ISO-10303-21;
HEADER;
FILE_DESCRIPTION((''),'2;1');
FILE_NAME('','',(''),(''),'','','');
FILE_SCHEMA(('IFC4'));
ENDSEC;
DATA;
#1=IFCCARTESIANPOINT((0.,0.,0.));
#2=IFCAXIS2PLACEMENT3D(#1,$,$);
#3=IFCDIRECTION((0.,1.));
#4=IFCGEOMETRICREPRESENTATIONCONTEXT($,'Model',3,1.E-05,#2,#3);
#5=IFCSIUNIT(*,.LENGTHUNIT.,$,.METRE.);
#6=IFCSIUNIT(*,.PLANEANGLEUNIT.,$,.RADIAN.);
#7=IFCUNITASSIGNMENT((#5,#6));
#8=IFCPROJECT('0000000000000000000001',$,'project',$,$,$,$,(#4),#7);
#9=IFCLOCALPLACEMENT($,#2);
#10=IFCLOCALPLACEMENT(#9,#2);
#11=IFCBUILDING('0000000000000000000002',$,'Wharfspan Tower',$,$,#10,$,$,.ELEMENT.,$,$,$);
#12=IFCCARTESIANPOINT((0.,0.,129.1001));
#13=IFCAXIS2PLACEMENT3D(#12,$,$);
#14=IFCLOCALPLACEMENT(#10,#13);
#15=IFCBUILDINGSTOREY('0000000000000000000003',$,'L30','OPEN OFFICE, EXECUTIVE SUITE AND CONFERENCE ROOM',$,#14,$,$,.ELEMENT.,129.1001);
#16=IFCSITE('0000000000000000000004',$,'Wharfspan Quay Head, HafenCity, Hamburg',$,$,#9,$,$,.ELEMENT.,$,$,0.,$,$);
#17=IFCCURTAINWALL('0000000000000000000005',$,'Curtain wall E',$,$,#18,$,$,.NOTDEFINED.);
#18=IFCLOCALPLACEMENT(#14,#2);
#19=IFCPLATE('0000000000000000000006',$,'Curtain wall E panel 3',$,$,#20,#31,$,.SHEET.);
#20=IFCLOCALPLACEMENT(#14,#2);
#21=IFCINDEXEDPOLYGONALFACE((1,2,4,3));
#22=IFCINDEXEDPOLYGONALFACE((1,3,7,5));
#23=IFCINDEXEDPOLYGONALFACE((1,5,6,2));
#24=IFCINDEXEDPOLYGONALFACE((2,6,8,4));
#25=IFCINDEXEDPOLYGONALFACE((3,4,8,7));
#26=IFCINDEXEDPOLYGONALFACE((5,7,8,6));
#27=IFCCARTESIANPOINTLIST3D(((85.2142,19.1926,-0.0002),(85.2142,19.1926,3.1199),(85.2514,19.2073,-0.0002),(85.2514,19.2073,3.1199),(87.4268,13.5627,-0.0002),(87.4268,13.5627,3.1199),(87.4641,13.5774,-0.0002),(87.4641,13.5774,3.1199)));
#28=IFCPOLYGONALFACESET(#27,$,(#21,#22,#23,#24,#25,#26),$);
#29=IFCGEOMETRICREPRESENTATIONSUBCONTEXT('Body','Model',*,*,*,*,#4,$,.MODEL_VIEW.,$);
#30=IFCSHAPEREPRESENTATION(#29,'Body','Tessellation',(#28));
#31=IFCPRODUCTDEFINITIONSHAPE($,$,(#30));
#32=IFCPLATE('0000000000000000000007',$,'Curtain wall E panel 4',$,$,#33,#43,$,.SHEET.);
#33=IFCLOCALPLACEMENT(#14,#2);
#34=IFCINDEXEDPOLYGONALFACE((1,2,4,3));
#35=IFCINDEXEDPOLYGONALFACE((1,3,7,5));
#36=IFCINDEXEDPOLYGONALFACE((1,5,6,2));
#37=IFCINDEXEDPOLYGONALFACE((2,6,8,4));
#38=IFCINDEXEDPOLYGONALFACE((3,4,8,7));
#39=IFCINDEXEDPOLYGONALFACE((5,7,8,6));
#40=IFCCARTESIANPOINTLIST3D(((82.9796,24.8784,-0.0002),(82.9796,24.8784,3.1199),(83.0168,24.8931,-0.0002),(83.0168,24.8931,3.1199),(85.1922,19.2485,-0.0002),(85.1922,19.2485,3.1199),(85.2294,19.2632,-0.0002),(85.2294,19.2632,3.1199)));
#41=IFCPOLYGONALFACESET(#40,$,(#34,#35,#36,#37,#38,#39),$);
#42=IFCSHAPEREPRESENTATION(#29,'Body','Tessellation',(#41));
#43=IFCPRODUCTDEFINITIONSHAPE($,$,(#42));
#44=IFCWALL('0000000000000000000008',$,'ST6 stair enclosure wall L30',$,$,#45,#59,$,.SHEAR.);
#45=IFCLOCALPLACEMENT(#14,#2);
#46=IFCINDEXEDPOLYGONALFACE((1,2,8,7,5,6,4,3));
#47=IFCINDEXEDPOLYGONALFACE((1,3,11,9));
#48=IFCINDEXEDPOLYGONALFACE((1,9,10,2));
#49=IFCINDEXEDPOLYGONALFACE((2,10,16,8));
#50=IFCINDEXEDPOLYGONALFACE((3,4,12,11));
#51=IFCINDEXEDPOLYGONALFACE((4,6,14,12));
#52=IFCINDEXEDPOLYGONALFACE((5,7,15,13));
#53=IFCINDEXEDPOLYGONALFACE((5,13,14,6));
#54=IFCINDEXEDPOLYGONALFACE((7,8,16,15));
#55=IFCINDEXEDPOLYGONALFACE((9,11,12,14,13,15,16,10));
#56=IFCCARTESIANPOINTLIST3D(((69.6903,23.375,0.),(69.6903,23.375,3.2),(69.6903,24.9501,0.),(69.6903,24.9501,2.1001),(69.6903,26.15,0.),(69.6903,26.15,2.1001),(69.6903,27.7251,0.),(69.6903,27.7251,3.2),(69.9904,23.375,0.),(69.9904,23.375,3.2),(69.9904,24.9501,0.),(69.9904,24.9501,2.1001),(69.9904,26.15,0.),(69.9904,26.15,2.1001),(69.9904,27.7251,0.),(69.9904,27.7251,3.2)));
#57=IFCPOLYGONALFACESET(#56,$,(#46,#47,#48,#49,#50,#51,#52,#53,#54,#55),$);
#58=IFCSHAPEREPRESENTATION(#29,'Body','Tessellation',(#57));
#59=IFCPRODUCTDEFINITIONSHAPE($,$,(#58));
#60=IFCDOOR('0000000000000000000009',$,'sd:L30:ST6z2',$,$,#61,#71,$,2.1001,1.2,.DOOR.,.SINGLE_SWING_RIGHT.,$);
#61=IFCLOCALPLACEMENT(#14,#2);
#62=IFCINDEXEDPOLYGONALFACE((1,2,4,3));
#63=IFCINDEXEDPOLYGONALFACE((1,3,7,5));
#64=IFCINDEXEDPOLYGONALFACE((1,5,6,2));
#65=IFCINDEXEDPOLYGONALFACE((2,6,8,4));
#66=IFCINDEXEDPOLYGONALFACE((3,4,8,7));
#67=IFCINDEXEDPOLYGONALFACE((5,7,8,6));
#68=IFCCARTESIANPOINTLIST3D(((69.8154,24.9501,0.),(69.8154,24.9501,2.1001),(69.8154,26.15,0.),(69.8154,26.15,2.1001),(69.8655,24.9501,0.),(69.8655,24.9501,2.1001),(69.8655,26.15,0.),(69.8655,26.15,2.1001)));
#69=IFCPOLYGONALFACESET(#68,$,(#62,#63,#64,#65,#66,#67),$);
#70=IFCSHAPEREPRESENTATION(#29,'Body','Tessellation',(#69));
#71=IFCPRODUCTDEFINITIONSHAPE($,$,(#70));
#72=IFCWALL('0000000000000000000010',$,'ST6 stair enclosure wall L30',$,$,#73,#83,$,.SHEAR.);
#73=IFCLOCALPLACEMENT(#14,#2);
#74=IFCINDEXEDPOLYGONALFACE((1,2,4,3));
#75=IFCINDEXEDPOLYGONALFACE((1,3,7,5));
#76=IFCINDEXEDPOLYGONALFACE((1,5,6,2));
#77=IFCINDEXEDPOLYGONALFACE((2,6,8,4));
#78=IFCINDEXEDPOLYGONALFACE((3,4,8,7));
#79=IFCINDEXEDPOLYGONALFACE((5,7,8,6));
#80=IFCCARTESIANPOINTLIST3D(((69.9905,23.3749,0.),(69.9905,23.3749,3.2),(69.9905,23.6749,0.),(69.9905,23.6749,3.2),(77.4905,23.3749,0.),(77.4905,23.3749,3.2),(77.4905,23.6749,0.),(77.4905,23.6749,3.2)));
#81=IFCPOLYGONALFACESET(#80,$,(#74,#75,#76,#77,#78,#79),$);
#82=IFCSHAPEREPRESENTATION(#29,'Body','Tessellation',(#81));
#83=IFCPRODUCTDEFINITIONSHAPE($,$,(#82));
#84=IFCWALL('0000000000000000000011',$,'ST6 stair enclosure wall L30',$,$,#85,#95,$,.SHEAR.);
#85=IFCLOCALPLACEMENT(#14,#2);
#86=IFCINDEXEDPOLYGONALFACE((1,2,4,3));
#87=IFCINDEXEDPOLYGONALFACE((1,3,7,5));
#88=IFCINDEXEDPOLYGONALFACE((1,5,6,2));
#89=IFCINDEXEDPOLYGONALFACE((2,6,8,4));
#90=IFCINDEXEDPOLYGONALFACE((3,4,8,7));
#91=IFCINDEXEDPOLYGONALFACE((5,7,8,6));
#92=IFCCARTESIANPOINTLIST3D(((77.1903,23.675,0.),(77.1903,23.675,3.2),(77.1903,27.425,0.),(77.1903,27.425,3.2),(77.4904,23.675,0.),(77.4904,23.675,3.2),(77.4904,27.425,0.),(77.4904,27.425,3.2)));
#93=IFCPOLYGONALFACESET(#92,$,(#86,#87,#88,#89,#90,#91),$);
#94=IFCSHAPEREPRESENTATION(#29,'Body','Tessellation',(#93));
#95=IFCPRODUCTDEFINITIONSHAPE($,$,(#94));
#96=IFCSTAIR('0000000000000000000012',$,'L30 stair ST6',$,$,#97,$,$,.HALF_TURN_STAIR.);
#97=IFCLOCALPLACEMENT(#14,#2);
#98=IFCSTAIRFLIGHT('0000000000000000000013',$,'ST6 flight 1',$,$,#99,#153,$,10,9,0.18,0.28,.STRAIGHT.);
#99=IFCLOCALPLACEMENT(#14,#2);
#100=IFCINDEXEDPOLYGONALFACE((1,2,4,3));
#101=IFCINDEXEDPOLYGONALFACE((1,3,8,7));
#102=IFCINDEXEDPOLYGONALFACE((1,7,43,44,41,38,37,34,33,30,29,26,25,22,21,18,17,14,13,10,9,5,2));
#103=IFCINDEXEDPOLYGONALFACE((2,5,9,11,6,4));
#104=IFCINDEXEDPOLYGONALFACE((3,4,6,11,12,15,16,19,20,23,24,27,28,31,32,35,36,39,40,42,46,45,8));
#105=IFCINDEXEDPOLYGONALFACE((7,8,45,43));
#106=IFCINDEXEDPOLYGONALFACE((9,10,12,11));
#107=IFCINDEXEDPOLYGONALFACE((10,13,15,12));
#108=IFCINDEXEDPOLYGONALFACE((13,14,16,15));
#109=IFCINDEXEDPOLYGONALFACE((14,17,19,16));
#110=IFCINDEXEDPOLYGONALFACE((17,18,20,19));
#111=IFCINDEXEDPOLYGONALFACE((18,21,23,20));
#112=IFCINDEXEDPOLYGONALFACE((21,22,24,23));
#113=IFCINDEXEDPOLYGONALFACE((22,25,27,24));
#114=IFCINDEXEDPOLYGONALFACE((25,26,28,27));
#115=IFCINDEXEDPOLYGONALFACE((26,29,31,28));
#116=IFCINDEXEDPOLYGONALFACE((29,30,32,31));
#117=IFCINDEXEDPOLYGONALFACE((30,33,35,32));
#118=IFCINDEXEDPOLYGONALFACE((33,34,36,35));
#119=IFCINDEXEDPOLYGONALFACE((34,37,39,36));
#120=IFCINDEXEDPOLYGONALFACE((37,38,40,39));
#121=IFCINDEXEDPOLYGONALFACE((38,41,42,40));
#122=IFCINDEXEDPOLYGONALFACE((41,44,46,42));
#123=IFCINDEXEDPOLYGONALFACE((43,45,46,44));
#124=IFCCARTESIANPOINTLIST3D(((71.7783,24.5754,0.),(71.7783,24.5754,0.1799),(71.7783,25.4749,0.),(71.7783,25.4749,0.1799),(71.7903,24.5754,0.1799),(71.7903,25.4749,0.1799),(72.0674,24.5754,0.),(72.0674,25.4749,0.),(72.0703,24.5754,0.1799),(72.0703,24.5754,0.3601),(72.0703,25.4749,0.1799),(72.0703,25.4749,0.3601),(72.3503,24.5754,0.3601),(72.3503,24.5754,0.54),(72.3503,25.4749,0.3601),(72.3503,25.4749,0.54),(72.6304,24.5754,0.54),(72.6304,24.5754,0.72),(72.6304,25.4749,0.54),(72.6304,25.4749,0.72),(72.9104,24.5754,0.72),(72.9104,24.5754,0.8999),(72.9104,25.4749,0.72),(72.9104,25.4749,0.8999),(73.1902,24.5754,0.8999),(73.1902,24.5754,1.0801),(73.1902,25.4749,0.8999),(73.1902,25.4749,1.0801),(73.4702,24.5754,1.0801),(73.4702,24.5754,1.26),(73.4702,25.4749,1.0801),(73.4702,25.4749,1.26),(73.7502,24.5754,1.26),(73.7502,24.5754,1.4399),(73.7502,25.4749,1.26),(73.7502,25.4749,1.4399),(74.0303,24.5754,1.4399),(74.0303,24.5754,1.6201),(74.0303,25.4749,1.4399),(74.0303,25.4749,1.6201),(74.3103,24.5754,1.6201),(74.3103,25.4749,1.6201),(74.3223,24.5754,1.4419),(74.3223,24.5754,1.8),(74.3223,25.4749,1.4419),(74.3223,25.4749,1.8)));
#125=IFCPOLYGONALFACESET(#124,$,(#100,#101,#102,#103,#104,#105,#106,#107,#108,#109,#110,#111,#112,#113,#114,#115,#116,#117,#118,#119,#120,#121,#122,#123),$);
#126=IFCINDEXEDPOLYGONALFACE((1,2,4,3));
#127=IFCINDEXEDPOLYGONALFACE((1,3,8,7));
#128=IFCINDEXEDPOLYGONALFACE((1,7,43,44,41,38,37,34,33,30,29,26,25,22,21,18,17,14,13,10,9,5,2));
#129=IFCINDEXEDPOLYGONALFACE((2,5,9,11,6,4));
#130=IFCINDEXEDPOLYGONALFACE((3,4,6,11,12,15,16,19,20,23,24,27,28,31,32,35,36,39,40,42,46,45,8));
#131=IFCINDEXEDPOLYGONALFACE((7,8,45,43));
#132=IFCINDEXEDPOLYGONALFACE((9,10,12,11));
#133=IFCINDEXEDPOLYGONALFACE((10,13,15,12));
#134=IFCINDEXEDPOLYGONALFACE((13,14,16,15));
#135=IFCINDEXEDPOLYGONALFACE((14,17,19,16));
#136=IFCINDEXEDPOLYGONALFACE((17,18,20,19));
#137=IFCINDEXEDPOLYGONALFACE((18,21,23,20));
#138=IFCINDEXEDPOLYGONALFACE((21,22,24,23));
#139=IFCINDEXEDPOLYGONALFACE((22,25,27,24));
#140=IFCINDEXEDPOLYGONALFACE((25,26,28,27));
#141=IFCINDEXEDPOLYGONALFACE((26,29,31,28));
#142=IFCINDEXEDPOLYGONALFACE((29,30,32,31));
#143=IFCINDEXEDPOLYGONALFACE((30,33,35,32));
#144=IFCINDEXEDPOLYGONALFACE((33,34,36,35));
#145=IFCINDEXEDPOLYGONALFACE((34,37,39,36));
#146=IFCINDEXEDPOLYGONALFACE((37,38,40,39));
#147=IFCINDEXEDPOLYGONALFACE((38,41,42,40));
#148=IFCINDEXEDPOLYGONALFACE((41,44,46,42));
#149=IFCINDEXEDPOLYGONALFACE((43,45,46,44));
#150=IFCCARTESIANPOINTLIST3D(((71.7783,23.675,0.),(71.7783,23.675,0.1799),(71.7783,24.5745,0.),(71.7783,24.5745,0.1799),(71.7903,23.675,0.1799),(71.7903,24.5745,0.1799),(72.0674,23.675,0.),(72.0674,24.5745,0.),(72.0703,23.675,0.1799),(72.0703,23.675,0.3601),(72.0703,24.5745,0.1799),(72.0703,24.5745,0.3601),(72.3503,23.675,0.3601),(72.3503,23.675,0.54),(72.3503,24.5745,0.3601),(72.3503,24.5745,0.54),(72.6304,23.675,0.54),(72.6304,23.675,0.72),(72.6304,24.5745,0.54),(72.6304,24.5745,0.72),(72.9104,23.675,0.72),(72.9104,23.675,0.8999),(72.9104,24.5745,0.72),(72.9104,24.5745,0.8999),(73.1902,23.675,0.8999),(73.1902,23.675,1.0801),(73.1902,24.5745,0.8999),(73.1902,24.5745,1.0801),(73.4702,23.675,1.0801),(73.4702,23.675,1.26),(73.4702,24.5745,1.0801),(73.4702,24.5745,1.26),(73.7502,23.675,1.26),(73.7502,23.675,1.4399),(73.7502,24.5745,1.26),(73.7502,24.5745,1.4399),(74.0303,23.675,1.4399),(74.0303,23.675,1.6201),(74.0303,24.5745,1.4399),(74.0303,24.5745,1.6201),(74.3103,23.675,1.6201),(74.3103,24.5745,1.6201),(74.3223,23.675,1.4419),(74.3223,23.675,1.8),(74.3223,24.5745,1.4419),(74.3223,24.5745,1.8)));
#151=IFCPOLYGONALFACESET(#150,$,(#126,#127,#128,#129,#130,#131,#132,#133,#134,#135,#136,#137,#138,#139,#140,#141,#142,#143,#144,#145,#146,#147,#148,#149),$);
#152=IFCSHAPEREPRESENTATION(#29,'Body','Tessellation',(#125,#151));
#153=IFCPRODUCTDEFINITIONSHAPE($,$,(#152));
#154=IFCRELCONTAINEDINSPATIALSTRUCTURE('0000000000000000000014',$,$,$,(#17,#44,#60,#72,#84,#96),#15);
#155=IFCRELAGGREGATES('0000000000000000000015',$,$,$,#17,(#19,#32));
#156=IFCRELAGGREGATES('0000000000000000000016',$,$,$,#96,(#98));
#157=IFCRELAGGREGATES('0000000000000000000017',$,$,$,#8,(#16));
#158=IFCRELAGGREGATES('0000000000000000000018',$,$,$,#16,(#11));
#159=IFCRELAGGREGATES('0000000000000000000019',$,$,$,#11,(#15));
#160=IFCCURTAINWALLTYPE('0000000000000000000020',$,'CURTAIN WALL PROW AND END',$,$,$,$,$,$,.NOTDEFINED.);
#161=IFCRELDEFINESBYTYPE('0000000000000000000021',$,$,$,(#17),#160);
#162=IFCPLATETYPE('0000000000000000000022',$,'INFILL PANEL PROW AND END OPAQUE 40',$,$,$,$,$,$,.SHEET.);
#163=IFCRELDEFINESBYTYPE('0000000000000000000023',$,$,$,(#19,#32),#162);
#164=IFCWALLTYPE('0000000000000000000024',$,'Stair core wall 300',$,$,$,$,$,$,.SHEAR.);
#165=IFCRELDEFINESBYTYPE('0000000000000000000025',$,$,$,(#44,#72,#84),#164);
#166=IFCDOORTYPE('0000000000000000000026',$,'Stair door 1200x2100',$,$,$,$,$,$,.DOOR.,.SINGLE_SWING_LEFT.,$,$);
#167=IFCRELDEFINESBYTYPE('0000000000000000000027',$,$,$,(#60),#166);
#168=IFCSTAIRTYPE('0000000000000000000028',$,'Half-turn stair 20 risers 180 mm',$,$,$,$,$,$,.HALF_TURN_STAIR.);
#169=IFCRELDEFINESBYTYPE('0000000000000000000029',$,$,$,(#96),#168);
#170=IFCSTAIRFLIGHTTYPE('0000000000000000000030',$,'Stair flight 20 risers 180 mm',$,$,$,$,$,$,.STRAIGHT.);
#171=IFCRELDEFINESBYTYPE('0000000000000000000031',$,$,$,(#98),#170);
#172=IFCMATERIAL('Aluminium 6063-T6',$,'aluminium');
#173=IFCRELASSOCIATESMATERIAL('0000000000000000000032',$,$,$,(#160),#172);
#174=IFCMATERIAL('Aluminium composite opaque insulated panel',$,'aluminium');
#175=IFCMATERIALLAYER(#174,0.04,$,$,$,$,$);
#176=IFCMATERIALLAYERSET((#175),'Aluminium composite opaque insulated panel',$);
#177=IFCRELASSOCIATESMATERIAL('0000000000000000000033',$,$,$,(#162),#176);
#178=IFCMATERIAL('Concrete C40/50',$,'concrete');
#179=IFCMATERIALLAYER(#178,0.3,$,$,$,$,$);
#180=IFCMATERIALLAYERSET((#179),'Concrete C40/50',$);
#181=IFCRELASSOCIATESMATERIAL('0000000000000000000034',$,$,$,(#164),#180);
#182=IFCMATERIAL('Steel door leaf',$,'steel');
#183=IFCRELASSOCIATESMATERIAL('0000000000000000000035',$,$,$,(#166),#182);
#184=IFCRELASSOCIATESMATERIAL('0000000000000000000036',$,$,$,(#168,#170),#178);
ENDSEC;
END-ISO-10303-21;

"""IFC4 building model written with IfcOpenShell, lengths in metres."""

from ifc_helpers import new_model, si_unit, direction, frame, frame_2d, origin, origin_2d, place, context, subcontext, project, spatial, polyline, rectangle, outline, extrude, material, layer, layer_set, type_object, element, fill, aggregate, save


model = new_model("IFC4")

# Units and contexts
model_context = context("Model", 3, precision=1e-05, world=origin(), true_north=direction((0.0, 1.0)))
body_context = subcontext(model_context, "Body", "Model", "MODEL_VIEW")
ifc_project = project(units=[si_unit("LENGTHUNIT", "METRE"), si_unit("PLANEANGLEUNIT", "RADIAN")], contexts=[model_context])

# Site, building, storey
site_placement = place(None, origin())
site = spatial("IfcSite", under=ifc_project, at=site_placement, Name="Wharfspan Quay Head, HafenCity, Hamburg", CompositionType="ELEMENT", RefElevation=0.0)
building_placement = place(site_placement, origin())
building = spatial("IfcBuilding", under=site, at=building_placement, Name="Wharfspan Tower", CompositionType="ELEMENT")
storey_placement = place(building_placement, frame((0.0, 0.0, 129.1001)))
storey = spatial("IfcBuildingStorey", under=building, at=storey_placement, Name="L30", Description="OPEN OFFICE, EXECUTIVE SUITE AND CONFERENCE ROOM", CompositionType="ELEMENT", Elevation=129.1001)

# Curtain wall
ifc_material_1 = material(Name="Aluminium 6063-T6", Category="aluminium")
curtain_wall_type = type_object("IfcCurtainWallType", Name="CURTAIN WALL PROW AND END", PredefinedType="NOTDEFINED", material=ifc_material_1)
curtain_wall_placement = place(storey_placement, origin())
curtain_wall = element("IfcCurtainWall", 1, at=curtain_wall_placement, inside=storey, type_object=curtain_wall_type, Name="Curtain wall E", PredefinedType="NOTDEFINED")

# Plates
ifc_material_2 = material(Name="Aluminium composite opaque insulated panel", Category="aluminium")
ifc_layer_1 = layer(ifc_material_2, 0.04)
ifc_layer_set_1 = layer_set([ifc_layer_1], Name="Aluminium composite opaque insulated panel")
plate_type = type_object("IfcPlateType", Name="INFILL PANEL PROW AND END OPAQUE 40", PredefinedType="SHEET", material=ifc_layer_set_1)
plate_1_placement = place(storey_placement, frame((86.3391, 16.385, -0.0002), z_axis=(0.0, 0.0, 1.0), x_axis=(-0.365778, 0.930702, 0.0)))
plate_1 = element("IfcPlate", 2, at=plate_1_placement, type_object=plate_type, Name="Curtain wall E panel 3", PredefinedType="SHEET", context=body_context, shape_type="SweptSolid", body=[
    extrude(rectangle(XDim=6.0491, YDim=0.04, at=origin_2d()), origin(), (0.0, 0.0, 1.0), 3.1201),
])
plate_2_placement = place(storey_placement, frame((84.1045, 22.0708, -0.0002), z_axis=(0.0, 0.0, 1.0), x_axis=(-0.365778, 0.930702, 0.0)))
plate_2 = element("IfcPlate", 3, at=plate_2_placement, type_object=plate_type, Name="Curtain wall E panel 4", PredefinedType="SHEET", context=body_context, shape_type="SweptSolid", body=[
    extrude(rectangle(XDim=6.0491, YDim=0.04, at=origin_2d()), origin(), (0.0, 0.0, 1.0), 3.1201),
])
aggregate(curtain_wall, [plate_1, plate_2])

# Wall, opening, door
ifc_material_3 = material(Name="Concrete C40/50", Category="concrete")
ifc_layer_2 = layer(ifc_material_3, 0.3)
ifc_layer_set_2 = layer_set([ifc_layer_2], Name="Concrete C40/50")
wall_type = type_object("IfcWallType", Name="Stair core wall 300", PredefinedType="SHEAR", material=ifc_layer_set_2)
wall_1_placement = place(storey_placement, frame((69.8403, 23.375, 0.0), z_axis=(0.0, 0.0, 1.0), x_axis=(0.0, 1.0, 0.0)))
wall_1 = element("IfcWall", 4, at=wall_1_placement, inside=storey, type_object=wall_type, Name="ST6 stair enclosure wall L30", PredefinedType="SHEAR", context=body_context, shape_type="SweptSolid", body=[
    extrude(rectangle(XDim=4.3501, YDim=0.3, at=frame_2d((2.175, 0.0))), origin(), (0.0, 0.0, 1.0), 3.2),
])
opening_placement = place(wall_1_placement, frame((1.575, 0.0, 0.0)))
opening = element("IfcOpeningElement", 5, at=opening_placement, cuts=wall_1, PredefinedType="OPENING", context=body_context, shape_type="SweptSolid", body=[
    extrude(rectangle(XDim=1.2, YDim=2.1001, at=frame_2d((0.6001, 1.05))), frame((0.0, 0.1599, 0.0), z_axis=(0.0, -1.0, 0.0), x_axis=(1.0, 0.0, 0.0)), (0.0, 0.0, 1.0), 0.3201),
])
ifc_material_4 = material(Name="Steel door leaf", Category="steel")
door_type = type_object("IfcDoorType", Name="Stair door 1200x2100", OperationType="SINGLE_SWING_LEFT", PredefinedType="DOOR", material=ifc_material_4)
door_placement = place(opening_placement, origin())
door = element("IfcDoor", 6, at=door_placement, inside=storey, type_object=door_type, Name="sd:L30:ST6z2", OperationType="SINGLE_SWING_RIGHT", OverallHeight=2.1001, OverallWidth=1.2, PredefinedType="DOOR", context=body_context, shape_type="SweptSolid", body=[
    extrude(rectangle(XDim=1.2, YDim=2.1001, at=frame_2d((0.6001, 1.05))), frame((0.0, 0.0249, 0.0), z_axis=(0.0, -1.0, 0.0), x_axis=(1.0, 0.0, 0.0)), (0.0, 0.0, 1.0), 0.05),
])
fill(opening, door)

# Walls
wall_2_placement = place(storey_placement, frame((69.9905, 23.5249, 0.0), z_axis=(0.0, 0.0, 1.0), x_axis=(1.0, 0.0, 0.0)))
element("IfcWall", 7, at=wall_2_placement, inside=storey, type_object=wall_type, Name="ST6 stair enclosure wall L30", PredefinedType="SHEAR", context=body_context, shape_type="SweptSolid", body=[
    extrude(rectangle(XDim=7.5, YDim=0.3, at=frame_2d((3.75, 0.0))), origin(), (0.0, 0.0, 1.0), 3.2),
])
wall_3_placement = place(storey_placement, frame((77.3403, 23.675, 0.0), z_axis=(0.0, 0.0, 1.0), x_axis=(0.0, 1.0, 0.0)))
element("IfcWall", 8, at=wall_3_placement, inside=storey, type_object=wall_type, Name="ST6 stair enclosure wall L30", PredefinedType="SHEAR", context=body_context, shape_type="SweptSolid", body=[
    extrude(rectangle(XDim=3.75, YDim=0.3, at=frame_2d((1.875, 0.0))), origin(), (0.0, 0.0, 1.0), 3.2),
])

# Stair, stair flight
stair_type = type_object("IfcStairType", Name="Half-turn stair 20 risers 180 mm", PredefinedType="HALF_TURN_STAIR", material=ifc_material_3)
stair_placement = place(storey_placement, origin())
stair = element("IfcStair", 9, at=stair_placement, inside=storey, type_object=stair_type, Name="L30 stair ST6", PredefinedType="HALF_TURN_STAIR")
stair_flight_type = type_object("IfcStairFlightType", Name="Stair flight 20 risers 180 mm", PredefinedType="STRAIGHT", material=ifc_material_3)
stair_flight_1_placement = place(storey_placement, frame((71.7903, 24.575, 0.0), z_axis=(0.0, 0.0, 1.0), x_axis=(1.0, 0.0, 0.0)))
stair_flight_1 = element("IfcStairFlight", 10, at=stair_flight_1_placement, type_object=stair_flight_type, Name="ST6 flight 1", NumberOfRisers=10, NumberOfTreads=9, PredefinedType="STRAIGHT", RiserHeight=0.18, TreadLength=0.28, context=body_context, shape_type="SweptSolid", body=[
    extrude(outline(polyline([(-0.012, 0.0), (-0.012, 0.1799), (0.0, 0.1799), (0.28, 0.1799), (0.28, 0.3601), (0.5601, 0.3601), (0.5601, 0.54), (0.8401, 0.54), (0.8401, 0.72), (1.1201, 0.72), (1.1201, 0.8999), (1.3999, 0.8999), (1.3999, 1.0801), (1.6799, 1.0801), (1.6799, 1.26), (1.96, 1.26), (1.96, 1.4399), (2.24, 1.4399), (2.24, 1.6201), (2.52, 1.6201), (2.532, 1.8), (2.532, 1.4419), (0.2771, 0.0), (-0.012, 0.0)])), frame((0.0, 0.8999, 0.0), z_axis=(0.0, -1.0, 0.0), x_axis=(1.0, 0.0, 0.0)), (0.0, 0.0, 1.0), 0.8994),
    extrude(outline(polyline([(-0.012, 0.0), (-0.012, 0.1799), (0.0, 0.1799), (0.28, 0.1799), (0.28, 0.3601), (0.5601, 0.3601), (0.5601, 0.54), (0.8401, 0.54), (0.8401, 0.72), (1.1201, 0.72), (1.1201, 0.8999), (1.3999, 0.8999), (1.3999, 1.0801), (1.6799, 1.0801), (1.6799, 1.26), (1.96, 1.26), (1.96, 1.4399), (2.24, 1.4399), (2.24, 1.6201), (2.52, 1.6201), (2.532, 1.8), (2.532, 1.4419), (0.2771, 0.0), (-0.012, 0.0)])), frame((0.0, -0.0005, 0.0), z_axis=(0.0, -1.0, 0.0), x_axis=(1.0, 0.0, 0.0)), (0.0, 0.0, 1.0), 0.8994),
])
aggregate(stair, [stair_flight_1])

save(model, "model.ifc")
